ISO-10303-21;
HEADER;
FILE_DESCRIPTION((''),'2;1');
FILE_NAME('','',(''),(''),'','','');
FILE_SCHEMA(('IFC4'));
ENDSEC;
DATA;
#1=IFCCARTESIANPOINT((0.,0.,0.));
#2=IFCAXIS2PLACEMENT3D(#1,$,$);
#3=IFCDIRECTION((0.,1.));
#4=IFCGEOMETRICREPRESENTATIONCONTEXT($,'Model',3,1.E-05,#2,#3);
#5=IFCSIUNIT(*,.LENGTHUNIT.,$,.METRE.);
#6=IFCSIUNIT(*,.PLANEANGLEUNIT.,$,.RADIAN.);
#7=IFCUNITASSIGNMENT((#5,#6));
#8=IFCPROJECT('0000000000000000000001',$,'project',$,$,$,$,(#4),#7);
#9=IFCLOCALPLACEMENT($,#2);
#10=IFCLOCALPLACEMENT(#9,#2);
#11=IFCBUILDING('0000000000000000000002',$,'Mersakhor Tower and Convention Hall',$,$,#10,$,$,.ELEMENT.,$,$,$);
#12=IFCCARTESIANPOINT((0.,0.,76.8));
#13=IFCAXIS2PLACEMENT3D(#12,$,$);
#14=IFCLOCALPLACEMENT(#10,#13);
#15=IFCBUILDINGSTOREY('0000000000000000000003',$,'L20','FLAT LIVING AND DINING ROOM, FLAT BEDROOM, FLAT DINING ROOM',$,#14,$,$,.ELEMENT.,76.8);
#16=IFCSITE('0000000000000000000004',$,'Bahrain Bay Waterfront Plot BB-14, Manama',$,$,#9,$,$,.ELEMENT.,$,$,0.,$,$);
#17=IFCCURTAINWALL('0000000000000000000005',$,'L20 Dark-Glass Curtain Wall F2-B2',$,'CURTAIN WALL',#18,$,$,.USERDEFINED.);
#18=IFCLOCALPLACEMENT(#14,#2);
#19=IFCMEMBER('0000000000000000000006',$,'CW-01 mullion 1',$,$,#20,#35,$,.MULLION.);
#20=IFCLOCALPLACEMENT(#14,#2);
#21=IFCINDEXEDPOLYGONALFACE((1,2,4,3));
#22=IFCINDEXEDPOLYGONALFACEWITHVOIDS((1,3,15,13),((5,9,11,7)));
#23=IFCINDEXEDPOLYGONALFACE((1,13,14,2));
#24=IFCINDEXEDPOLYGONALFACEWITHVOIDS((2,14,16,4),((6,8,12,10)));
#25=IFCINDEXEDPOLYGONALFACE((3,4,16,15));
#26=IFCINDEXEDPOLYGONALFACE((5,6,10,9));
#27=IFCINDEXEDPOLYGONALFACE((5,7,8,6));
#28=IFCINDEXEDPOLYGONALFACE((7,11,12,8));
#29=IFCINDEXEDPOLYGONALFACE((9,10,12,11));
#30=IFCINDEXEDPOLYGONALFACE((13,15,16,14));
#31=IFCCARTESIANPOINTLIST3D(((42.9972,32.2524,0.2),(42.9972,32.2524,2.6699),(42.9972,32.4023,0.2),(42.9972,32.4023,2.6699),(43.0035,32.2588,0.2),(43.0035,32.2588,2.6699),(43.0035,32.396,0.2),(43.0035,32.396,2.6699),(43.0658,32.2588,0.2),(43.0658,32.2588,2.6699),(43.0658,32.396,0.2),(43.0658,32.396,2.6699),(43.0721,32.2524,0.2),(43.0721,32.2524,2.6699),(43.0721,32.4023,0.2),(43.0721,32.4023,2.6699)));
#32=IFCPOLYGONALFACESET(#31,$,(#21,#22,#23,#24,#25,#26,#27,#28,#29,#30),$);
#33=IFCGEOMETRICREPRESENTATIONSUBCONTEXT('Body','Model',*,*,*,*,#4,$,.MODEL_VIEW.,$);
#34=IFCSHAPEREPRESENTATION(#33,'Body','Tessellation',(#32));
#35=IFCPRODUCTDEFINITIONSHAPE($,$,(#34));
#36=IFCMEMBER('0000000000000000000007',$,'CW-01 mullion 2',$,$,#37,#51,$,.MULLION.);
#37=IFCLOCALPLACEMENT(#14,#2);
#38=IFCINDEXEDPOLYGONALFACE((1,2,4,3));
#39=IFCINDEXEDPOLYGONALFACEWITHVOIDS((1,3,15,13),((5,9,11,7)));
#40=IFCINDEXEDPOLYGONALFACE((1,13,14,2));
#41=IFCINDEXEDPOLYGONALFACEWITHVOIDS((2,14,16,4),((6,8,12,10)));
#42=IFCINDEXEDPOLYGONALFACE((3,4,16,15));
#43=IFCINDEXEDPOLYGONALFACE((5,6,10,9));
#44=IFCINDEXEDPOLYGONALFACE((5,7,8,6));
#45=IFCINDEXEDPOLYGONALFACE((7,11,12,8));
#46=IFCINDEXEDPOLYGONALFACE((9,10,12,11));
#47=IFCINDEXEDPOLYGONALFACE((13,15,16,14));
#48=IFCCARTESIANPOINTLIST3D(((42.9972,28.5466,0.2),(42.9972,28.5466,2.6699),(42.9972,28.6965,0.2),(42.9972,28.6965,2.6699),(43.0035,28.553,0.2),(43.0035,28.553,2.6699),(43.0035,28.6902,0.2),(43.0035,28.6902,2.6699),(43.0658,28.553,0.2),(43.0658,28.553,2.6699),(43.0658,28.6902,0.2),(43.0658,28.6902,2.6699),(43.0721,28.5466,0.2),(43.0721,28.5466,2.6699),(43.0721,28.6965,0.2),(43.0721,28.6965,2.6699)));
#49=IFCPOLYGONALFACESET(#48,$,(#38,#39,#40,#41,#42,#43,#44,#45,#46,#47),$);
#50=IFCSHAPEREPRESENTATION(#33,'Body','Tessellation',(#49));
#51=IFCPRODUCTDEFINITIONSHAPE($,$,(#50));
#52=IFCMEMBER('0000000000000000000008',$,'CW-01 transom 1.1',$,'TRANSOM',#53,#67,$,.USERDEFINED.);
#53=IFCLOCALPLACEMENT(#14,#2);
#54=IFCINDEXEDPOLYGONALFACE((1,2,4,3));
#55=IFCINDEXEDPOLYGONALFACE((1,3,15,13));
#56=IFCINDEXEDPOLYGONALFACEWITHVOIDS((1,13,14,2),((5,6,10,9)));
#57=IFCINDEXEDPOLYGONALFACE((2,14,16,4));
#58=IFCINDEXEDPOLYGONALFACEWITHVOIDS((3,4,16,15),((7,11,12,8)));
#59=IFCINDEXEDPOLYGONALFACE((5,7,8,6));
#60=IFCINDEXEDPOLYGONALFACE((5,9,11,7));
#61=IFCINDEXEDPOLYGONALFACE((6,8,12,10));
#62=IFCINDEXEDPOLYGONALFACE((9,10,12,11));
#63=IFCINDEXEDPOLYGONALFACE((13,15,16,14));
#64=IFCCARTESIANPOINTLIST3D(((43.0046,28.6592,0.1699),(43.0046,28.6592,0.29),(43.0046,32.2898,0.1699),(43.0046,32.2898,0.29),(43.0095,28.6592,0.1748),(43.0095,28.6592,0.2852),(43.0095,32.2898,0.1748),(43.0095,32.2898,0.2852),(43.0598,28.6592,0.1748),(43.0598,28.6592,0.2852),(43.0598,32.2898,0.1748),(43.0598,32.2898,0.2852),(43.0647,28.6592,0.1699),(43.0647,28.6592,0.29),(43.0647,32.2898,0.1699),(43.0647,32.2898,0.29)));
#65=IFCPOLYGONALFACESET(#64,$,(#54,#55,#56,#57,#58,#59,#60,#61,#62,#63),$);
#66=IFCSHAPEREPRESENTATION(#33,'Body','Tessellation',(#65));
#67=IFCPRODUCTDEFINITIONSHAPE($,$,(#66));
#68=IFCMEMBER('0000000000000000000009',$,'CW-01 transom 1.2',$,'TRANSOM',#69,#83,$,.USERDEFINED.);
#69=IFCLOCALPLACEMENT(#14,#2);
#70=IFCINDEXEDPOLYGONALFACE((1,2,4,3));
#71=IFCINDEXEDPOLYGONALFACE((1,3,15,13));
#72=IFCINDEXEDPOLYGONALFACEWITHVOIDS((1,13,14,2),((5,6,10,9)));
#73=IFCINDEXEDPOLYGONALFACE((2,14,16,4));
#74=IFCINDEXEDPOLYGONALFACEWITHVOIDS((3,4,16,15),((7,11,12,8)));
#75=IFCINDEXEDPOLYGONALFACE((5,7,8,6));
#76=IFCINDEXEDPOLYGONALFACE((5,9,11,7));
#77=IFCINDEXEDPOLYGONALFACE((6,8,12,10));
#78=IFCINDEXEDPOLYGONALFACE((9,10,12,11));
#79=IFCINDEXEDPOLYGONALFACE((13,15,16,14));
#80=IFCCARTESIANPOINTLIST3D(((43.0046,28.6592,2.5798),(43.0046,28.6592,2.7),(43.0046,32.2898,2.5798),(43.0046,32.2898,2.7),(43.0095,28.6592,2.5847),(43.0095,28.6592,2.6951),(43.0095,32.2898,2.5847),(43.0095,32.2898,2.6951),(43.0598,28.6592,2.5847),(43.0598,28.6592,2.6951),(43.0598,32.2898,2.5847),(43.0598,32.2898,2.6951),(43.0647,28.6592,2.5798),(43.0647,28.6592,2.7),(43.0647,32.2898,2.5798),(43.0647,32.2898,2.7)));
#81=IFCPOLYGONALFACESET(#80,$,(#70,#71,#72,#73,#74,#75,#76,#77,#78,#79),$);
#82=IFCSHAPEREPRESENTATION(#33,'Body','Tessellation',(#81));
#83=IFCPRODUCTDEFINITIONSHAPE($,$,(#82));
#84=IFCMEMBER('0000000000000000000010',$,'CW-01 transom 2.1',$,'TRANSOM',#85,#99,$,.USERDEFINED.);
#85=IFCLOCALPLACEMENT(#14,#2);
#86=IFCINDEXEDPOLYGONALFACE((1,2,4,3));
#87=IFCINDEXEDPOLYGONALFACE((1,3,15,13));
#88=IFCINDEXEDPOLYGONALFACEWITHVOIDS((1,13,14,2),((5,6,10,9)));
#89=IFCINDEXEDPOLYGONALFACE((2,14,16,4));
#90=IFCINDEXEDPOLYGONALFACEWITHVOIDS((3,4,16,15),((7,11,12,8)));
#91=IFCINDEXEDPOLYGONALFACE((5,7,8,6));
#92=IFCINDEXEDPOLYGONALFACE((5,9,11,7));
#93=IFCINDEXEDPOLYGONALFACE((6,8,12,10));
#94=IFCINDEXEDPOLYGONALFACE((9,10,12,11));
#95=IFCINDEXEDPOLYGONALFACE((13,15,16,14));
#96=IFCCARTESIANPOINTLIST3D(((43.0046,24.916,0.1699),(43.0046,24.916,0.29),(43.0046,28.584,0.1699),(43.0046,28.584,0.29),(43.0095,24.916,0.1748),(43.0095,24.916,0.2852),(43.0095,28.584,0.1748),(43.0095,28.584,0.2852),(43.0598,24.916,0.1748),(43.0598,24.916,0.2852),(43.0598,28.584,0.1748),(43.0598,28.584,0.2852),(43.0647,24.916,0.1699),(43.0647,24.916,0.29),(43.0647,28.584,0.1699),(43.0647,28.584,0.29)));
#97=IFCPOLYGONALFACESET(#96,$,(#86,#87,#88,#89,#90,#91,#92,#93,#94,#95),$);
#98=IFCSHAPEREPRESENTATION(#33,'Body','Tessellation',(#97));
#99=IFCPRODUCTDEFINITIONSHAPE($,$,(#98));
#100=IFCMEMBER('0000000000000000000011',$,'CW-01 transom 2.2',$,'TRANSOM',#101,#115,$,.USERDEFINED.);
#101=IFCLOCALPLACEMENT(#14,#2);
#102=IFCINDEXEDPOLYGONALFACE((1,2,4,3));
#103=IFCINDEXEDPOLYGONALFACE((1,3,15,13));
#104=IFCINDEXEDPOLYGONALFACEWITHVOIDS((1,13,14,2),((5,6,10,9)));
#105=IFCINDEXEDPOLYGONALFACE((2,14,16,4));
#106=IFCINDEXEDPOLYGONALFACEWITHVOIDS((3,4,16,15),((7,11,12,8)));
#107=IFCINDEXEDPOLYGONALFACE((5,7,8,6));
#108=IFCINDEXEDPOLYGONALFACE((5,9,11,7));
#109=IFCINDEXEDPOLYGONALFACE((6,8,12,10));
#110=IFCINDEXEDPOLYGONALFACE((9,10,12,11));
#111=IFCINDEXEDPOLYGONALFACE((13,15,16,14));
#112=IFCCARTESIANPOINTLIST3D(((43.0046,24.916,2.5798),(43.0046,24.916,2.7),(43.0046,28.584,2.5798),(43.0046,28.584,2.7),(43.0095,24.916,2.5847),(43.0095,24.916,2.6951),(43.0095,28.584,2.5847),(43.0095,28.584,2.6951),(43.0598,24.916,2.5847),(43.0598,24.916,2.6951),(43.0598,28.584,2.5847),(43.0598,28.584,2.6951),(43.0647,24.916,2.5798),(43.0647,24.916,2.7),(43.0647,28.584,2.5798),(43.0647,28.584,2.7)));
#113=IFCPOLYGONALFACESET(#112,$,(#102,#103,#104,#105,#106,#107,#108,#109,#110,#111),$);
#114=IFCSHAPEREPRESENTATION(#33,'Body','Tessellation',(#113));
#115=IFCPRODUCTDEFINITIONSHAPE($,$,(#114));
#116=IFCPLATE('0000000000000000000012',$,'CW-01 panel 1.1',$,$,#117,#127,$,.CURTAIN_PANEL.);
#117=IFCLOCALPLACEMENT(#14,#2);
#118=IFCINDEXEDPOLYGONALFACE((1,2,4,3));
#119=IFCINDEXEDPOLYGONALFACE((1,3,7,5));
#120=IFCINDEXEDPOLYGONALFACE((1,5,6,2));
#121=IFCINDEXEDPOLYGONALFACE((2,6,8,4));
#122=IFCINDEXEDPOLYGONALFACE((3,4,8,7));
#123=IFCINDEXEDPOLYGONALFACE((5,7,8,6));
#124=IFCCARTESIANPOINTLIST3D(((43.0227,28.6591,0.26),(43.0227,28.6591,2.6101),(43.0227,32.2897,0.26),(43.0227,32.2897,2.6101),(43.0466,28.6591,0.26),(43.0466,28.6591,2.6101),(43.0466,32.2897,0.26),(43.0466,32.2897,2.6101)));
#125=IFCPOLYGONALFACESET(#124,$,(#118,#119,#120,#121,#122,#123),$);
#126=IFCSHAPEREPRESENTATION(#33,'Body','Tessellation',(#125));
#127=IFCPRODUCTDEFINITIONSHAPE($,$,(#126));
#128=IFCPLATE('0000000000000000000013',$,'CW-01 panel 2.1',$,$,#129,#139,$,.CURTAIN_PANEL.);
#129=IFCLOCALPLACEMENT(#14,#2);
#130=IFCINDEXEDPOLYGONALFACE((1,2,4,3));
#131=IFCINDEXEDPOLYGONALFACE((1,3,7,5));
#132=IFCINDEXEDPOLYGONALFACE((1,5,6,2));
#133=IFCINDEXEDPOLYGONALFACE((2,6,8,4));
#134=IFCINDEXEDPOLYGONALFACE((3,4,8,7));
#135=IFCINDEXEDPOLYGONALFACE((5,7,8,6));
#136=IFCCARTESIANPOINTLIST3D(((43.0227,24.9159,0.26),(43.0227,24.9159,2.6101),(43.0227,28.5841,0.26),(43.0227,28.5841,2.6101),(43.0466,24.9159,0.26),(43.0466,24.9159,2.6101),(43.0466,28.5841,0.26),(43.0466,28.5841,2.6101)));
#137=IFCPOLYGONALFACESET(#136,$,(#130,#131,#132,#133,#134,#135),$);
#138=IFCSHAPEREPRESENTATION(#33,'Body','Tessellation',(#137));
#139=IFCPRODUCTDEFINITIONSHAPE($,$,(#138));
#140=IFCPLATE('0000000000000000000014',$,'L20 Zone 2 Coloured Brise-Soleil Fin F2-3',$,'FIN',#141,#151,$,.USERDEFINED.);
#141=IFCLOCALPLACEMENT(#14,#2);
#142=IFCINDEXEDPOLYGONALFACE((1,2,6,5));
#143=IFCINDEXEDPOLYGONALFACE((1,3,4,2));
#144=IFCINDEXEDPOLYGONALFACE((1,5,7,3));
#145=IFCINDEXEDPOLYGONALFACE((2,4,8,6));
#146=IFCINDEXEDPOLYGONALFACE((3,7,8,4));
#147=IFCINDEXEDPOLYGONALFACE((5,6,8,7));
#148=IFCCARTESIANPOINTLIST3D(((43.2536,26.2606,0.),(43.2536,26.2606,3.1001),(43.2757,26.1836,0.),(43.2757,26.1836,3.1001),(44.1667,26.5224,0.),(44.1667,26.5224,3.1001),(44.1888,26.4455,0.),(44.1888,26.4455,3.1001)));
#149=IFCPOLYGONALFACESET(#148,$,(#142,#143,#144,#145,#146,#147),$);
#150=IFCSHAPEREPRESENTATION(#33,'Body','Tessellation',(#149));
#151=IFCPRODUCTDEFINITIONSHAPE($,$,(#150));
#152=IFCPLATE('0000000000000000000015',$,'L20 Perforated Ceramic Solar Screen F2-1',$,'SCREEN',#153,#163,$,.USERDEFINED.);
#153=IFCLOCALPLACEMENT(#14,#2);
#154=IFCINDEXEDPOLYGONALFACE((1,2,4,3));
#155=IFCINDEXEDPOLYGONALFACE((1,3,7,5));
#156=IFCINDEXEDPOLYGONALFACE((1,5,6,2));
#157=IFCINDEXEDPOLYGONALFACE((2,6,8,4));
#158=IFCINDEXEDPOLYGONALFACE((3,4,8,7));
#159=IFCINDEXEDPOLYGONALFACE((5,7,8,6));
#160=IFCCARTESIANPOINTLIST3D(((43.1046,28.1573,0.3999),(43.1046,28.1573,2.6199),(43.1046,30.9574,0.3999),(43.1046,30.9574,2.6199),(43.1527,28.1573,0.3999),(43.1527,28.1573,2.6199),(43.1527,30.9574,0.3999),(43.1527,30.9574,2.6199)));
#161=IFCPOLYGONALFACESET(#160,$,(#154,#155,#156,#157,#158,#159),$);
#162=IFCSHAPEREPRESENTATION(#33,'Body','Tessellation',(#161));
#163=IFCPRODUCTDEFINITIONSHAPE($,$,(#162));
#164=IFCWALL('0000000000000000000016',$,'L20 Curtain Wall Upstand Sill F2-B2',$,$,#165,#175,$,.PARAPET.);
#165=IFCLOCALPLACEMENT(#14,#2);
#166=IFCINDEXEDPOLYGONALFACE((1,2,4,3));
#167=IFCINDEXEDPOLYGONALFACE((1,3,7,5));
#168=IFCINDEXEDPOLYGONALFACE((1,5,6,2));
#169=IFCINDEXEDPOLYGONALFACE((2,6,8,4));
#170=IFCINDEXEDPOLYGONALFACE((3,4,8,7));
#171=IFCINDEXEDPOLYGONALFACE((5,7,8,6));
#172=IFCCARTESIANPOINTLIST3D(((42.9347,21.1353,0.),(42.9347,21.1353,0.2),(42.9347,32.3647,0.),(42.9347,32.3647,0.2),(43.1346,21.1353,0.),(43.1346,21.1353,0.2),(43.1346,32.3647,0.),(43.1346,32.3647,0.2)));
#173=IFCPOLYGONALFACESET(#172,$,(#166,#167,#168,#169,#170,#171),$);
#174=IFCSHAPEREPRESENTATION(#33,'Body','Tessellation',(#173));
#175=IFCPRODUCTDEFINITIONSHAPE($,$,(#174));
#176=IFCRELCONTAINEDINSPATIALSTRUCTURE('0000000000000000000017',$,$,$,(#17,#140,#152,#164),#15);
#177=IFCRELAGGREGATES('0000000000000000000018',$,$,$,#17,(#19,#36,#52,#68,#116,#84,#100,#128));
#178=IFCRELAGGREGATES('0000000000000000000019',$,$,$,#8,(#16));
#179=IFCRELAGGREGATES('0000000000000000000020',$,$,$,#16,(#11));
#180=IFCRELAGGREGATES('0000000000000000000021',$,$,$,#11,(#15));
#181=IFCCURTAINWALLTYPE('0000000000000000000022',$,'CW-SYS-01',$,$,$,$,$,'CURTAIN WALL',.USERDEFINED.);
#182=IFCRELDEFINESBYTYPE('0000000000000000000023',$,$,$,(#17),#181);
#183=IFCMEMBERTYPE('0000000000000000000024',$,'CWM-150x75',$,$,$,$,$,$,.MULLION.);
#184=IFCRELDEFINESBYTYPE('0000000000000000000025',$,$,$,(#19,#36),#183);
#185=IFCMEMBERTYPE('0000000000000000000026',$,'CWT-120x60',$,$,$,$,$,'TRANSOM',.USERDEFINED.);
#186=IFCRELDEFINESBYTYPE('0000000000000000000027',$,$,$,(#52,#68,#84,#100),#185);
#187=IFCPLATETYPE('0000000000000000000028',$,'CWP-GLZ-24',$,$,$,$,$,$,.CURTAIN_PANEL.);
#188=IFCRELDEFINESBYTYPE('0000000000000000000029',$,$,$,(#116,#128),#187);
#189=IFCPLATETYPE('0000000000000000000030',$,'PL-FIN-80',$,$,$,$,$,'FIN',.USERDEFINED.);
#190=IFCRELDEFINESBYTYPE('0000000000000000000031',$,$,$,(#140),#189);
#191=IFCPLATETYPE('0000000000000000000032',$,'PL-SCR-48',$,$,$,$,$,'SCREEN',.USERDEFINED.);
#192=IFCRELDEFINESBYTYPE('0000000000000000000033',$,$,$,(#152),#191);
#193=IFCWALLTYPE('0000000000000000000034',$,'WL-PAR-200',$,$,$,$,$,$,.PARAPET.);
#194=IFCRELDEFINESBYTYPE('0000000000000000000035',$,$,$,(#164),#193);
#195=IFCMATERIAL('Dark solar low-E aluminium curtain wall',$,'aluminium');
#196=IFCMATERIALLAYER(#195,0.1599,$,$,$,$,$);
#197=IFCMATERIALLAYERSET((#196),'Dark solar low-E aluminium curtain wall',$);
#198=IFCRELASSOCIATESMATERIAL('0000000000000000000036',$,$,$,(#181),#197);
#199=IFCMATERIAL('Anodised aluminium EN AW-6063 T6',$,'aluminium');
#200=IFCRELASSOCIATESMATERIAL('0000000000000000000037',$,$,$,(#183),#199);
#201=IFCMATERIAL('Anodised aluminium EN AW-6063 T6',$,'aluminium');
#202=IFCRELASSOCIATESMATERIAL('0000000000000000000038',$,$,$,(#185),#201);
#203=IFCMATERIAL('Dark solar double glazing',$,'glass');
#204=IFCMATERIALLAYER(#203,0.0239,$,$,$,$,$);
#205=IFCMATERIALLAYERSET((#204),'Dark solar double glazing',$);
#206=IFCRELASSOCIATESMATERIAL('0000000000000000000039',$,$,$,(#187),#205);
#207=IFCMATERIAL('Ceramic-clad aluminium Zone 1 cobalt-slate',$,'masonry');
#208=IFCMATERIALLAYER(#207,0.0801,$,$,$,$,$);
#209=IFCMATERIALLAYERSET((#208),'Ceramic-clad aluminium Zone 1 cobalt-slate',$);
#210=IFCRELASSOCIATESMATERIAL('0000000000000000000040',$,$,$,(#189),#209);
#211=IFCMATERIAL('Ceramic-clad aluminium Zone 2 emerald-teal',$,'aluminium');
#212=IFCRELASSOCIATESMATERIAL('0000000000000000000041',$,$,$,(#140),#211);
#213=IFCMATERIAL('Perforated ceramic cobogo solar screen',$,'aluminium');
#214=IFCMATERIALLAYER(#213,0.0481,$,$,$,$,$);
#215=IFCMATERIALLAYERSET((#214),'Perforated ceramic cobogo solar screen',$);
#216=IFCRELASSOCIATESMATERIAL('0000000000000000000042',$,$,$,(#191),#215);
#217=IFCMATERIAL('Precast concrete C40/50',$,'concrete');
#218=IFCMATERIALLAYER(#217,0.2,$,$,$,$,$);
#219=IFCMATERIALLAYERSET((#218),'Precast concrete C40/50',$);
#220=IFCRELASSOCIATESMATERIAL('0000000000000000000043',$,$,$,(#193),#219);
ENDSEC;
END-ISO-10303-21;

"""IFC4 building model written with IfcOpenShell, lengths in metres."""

from ifc_helpers import new_model, si_unit, direction, frame, frame_2d, origin, origin_2d, place, context, subcontext, project, spatial, rectangle, hollow_rectangle, extrude, material, layer, layer_set, material_profile, profile_set, type_object, element, aggregate, save


model = new_model("IFC4")

# Units and contexts
model_context = context("Model", 3, precision=1e-05, world=origin(), true_north=direction((0.0, 1.0)))
body_context = subcontext(model_context, "Body", "Model", "MODEL_VIEW")
ifc_project = project(units=[si_unit("LENGTHUNIT", "METRE"), si_unit("PLANEANGLEUNIT", "RADIAN")], contexts=[model_context])

# Site, building, storey
site_placement = place(None, origin())
site = spatial("IfcSite", under=ifc_project, at=site_placement, Name="Bahrain Bay Waterfront Plot BB-14, Manama", CompositionType="ELEMENT", RefElevation=0.0)
building_placement = place(site_placement, origin())
building = spatial("IfcBuilding", under=site, at=building_placement, Name="Mersakhor Tower and Convention Hall", CompositionType="ELEMENT")
storey_placement = place(building_placement, frame((0.0, 0.0, 76.8)))
storey = spatial("IfcBuildingStorey", under=building, at=storey_placement, Name="L20", Description="FLAT LIVING AND DINING ROOM, FLAT BEDROOM, FLAT DINING ROOM", CompositionType="ELEMENT", Elevation=76.8)

# Curtain wall, members, plates
ifc_material_1 = material(Name="Dark solar low-E aluminium curtain wall", Category="aluminium")
ifc_layer_1 = layer(ifc_material_1, 0.1599)
ifc_layer_set_1 = layer_set([ifc_layer_1], Name="Dark solar low-E aluminium curtain wall")
curtain_wall_type = type_object("IfcCurtainWallType", Name="CW-SYS-01", ElementType="CURTAIN WALL", PredefinedType="USERDEFINED", material=ifc_layer_set_1)
curtain_wall_placement = place(storey_placement, origin())
curtain_wall = element("IfcCurtainWall", 1, at=curtain_wall_placement, inside=storey, type_object=curtain_wall_type, Name="L20 Dark-Glass Curtain Wall F2-B2", ObjectType="CURTAIN WALL", PredefinedType="USERDEFINED")
ifc_material_2 = material(Name="Anodised aluminium EN AW-6063 T6", Category="aluminium")
ifc_material_profile_1 = material_profile(ifc_material_2, hollow_rectangle(XDim=0.075, YDim=0.1499, WallThickness=0.0063, at=origin_2d()), Name="RHS 150x75x6.3")
ifc_profile_set_1 = profile_set([ifc_material_profile_1], Name="Anodised aluminium EN AW-6063 T6")
member_type_1 = type_object("IfcMemberType", Name="CWM-150x75", PredefinedType="MULLION", material=ifc_profile_set_1)
member_1_placement = place(storey_placement, frame((43.0347, 32.3274, 0.2), z_axis=(0.0, 0.0, 1.0), x_axis=(1.0, 0.0, 0.0)))
member_1 = element("IfcMember", 2, at=member_1_placement, type_object=member_type_1, Name="CW-01 mullion 1", PredefinedType="MULLION", context=body_context, shape_type="SweptSolid", body=[
    extrude(hollow_rectangle(XDim=0.075, YDim=0.1499, WallThickness=0.0063, at=origin_2d()), origin(), (0.0, 0.0, 1.0), 2.47),
])
member_2_placement = place(storey_placement, frame((43.0347, 28.6216, 0.2), z_axis=(0.0, 0.0, 1.0), x_axis=(1.0, 0.0, 0.0)))
member_2 = element("IfcMember", 3, at=member_2_placement, type_object=member_type_1, Name="CW-01 mullion 2", PredefinedType="MULLION", context=body_context, shape_type="SweptSolid", body=[
    extrude(hollow_rectangle(XDim=0.075, YDim=0.1499, WallThickness=0.0063, at=origin_2d()), origin(), (0.0, 0.0, 1.0), 2.47),
])
ifc_material_3 = material(Name="Anodised aluminium EN AW-6063 T6", Category="aluminium")
ifc_material_profile_2 = material_profile(ifc_material_3, hollow_rectangle(XDim=0.0601, YDim=0.1201, WallThickness=0.0049, at=origin_2d()), Name="RHS 120x60x5")
ifc_profile_set_2 = profile_set([ifc_material_profile_2], Name="Anodised aluminium EN AW-6063 T6")
member_type_2 = type_object("IfcMemberType", Name="CWT-120x60", ElementType="TRANSOM", PredefinedType="USERDEFINED", material=ifc_profile_set_2)
member_3_placement = place(storey_placement, frame((43.0347, 32.2898, 0.23), z_axis=(0.0, -1.0, 0.0), x_axis=(1.0, 0.0, 0.0)))
member_3 = element("IfcMember", 4, at=member_3_placement, type_object=member_type_2, Name="CW-01 transom 1.1", ObjectType="TRANSOM", PredefinedType="USERDEFINED", context=body_context, shape_type="SweptSolid", body=[
    extrude(hollow_rectangle(XDim=0.0601, YDim=0.1201, WallThickness=0.0049, at=origin_2d()), origin(), (0.0, 0.0, 1.0), 3.6306),
])
member_4_placement = place(storey_placement, frame((43.0347, 32.2898, 2.6399), z_axis=(0.0, -1.0, 0.0), x_axis=(1.0, 0.0, 0.0)))
member_4 = element("IfcMember", 5, at=member_4_placement, type_object=member_type_2, Name="CW-01 transom 1.2", ObjectType="TRANSOM", PredefinedType="USERDEFINED", context=body_context, shape_type="SweptSolid", body=[
    extrude(hollow_rectangle(XDim=0.0601, YDim=0.1201, WallThickness=0.0049, at=origin_2d()), origin(), (0.0, 0.0, 1.0), 3.6306),
])
member_5_placement = place(storey_placement, frame((43.0347, 28.584, 0.23), z_axis=(0.0, -1.0, 0.0), x_axis=(1.0, 0.0, 0.0)))
member_5 = element("IfcMember", 6, at=member_5_placement, type_object=member_type_2, Name="CW-01 transom 2.1", ObjectType="TRANSOM", PredefinedType="USERDEFINED", context=body_context, shape_type="SweptSolid", body=[
    extrude(hollow_rectangle(XDim=0.0601, YDim=0.1201, WallThickness=0.0049, at=origin_2d()), origin(), (0.0, 0.0, 1.0), 3.668),
])
member_6_placement = place(storey_placement, frame((43.0347, 28.584, 2.6399), z_axis=(0.0, -1.0, 0.0), x_axis=(1.0, 0.0, 0.0)))
member_6 = element("IfcMember", 7, at=member_6_placement, type_object=member_type_2, Name="CW-01 transom 2.2", ObjectType="TRANSOM", PredefinedType="USERDEFINED", context=body_context, shape_type="SweptSolid", body=[
    extrude(hollow_rectangle(XDim=0.0601, YDim=0.1201, WallThickness=0.0049, at=origin_2d()), origin(), (0.0, 0.0, 1.0), 3.668),
])
ifc_material_4 = material(Name="Dark solar double glazing", Category="glass")
ifc_layer_2 = layer(ifc_material_4, 0.0239)
ifc_layer_set_2 = layer_set([ifc_layer_2], Name="Dark solar double glazing")
plate_type_1 = type_object("IfcPlateType", Name="CWP-GLZ-24", PredefinedType="CURTAIN_PANEL", material=ifc_layer_set_2)
plate_1_placement = place(storey_placement, frame((43.0347, 30.4744, 0.26), z_axis=(0.0, 0.0, 1.0), x_axis=(0.0, -1.0, 0.0)))
plate_1 = element("IfcPlate", 8, at=plate_1_placement, type_object=plate_type_1, Name="CW-01 panel 1.1", PredefinedType="CURTAIN_PANEL", context=body_context, shape_type="SweptSolid", body=[
    extrude(rectangle(XDim=3.6306, YDim=0.0239, at=origin_2d()), origin(), (0.0, 0.0, 1.0), 2.3501),
])
plate_2_placement = place(storey_placement, frame((43.0347, 26.75, 0.26), z_axis=(0.0, 0.0, 1.0), x_axis=(0.0, -1.0, 0.0)))
plate_2 = element("IfcPlate", 9, at=plate_2_placement, type_object=plate_type_1, Name="CW-01 panel 2.1", PredefinedType="CURTAIN_PANEL", context=body_context, shape_type="SweptSolid", body=[
    extrude(rectangle(XDim=3.6682, YDim=0.0239, at=origin_2d()), origin(), (0.0, 0.0, 1.0), 2.3501),
])
aggregate(curtain_wall, [member_1, member_2, member_3, member_4, plate_1, member_5, member_6, plate_2])

# Plates
ifc_material_5 = material(Name="Ceramic-clad aluminium Zone 2 emerald-teal", Category="aluminium")
ifc_material_6 = material(Name="Ceramic-clad aluminium Zone 1 cobalt-slate", Category="masonry")
ifc_layer_3 = layer(ifc_material_6, 0.0801)
ifc_layer_set_3 = layer_set([ifc_layer_3], Name="Ceramic-clad aluminium Zone 1 cobalt-slate")
plate_type_2 = type_object("IfcPlateType", Name="PL-FIN-80", ElementType="FIN", PredefinedType="USERDEFINED", material=ifc_layer_set_3)
plate_3_placement = place(storey_placement, frame((43.7212, 26.353, 0.0), z_axis=(0.0, 0.0, 1.0), x_axis=(0.961262, 0.275637, 0.0)))
element("IfcPlate", 10, at=plate_3_placement, inside=storey, type_object=plate_type_2, material=ifc_material_5, Name="L20 Zone 2 Coloured Brise-Soleil Fin F2-3", ObjectType="FIN", PredefinedType="USERDEFINED", context=body_context, shape_type="SweptSolid", body=[
    extrude(rectangle(XDim=0.95, YDim=0.0801, at=origin_2d()), origin(), (0.0, 0.0, 1.0), 3.1001),
])
ifc_material_7 = material(Name="Perforated ceramic cobogo solar screen", Category="aluminium")
ifc_layer_4 = layer(ifc_material_7, 0.0481)
ifc_layer_set_4 = layer_set([ifc_layer_4], Name="Perforated ceramic cobogo solar screen")
plate_type_3 = type_object("IfcPlateType", Name="PL-SCR-48", ElementType="SCREEN", PredefinedType="USERDEFINED", material=ifc_layer_set_4)
plate_4_placement = place(storey_placement, frame((43.1287, 29.5574, 0.3999), z_axis=(0.0, 0.0, 1.0), x_axis=(0.0, -1.0, 0.0)))
element("IfcPlate", 11, at=plate_4_placement, inside=storey, type_object=plate_type_3, Name="L20 Perforated Ceramic Solar Screen F2-1", ObjectType="SCREEN", PredefinedType="USERDEFINED", context=body_context, shape_type="SweptSolid", body=[
    extrude(rectangle(XDim=2.8, YDim=0.0481, at=origin_2d()), origin(), (0.0, 0.0, 1.0), 2.22),
])

# Wall
ifc_material_8 = material(Name="Precast concrete C40/50", Category="concrete")
ifc_layer_5 = layer(ifc_material_8, 0.2)
ifc_layer_set_5 = layer_set([ifc_layer_5], Name="Precast concrete C40/50")
wall_type_1 = type_object("IfcWallType", Name="WL-PAR-200", PredefinedType="PARAPET", material=ifc_layer_set_5)
wall_1_placement = place(storey_placement, frame((43.0347, 32.3647, 0.0), z_axis=(0.0, 0.0, 1.0), x_axis=(0.0, -1.0, 0.0)))
element("IfcWall", 12, at=wall_1_placement, inside=storey, type_object=wall_type_1, Name="L20 Curtain Wall Upstand Sill F2-B2", PredefinedType="PARAPET", context=body_context, shape_type="SweptSolid", body=[
    extrude(rectangle(XDim=11.2295, YDim=0.2, at=frame_2d((5.6147, 0.0))), origin(), (0.0, 0.0, 1.0), 0.2),
])

save(model, "model.ifc")
